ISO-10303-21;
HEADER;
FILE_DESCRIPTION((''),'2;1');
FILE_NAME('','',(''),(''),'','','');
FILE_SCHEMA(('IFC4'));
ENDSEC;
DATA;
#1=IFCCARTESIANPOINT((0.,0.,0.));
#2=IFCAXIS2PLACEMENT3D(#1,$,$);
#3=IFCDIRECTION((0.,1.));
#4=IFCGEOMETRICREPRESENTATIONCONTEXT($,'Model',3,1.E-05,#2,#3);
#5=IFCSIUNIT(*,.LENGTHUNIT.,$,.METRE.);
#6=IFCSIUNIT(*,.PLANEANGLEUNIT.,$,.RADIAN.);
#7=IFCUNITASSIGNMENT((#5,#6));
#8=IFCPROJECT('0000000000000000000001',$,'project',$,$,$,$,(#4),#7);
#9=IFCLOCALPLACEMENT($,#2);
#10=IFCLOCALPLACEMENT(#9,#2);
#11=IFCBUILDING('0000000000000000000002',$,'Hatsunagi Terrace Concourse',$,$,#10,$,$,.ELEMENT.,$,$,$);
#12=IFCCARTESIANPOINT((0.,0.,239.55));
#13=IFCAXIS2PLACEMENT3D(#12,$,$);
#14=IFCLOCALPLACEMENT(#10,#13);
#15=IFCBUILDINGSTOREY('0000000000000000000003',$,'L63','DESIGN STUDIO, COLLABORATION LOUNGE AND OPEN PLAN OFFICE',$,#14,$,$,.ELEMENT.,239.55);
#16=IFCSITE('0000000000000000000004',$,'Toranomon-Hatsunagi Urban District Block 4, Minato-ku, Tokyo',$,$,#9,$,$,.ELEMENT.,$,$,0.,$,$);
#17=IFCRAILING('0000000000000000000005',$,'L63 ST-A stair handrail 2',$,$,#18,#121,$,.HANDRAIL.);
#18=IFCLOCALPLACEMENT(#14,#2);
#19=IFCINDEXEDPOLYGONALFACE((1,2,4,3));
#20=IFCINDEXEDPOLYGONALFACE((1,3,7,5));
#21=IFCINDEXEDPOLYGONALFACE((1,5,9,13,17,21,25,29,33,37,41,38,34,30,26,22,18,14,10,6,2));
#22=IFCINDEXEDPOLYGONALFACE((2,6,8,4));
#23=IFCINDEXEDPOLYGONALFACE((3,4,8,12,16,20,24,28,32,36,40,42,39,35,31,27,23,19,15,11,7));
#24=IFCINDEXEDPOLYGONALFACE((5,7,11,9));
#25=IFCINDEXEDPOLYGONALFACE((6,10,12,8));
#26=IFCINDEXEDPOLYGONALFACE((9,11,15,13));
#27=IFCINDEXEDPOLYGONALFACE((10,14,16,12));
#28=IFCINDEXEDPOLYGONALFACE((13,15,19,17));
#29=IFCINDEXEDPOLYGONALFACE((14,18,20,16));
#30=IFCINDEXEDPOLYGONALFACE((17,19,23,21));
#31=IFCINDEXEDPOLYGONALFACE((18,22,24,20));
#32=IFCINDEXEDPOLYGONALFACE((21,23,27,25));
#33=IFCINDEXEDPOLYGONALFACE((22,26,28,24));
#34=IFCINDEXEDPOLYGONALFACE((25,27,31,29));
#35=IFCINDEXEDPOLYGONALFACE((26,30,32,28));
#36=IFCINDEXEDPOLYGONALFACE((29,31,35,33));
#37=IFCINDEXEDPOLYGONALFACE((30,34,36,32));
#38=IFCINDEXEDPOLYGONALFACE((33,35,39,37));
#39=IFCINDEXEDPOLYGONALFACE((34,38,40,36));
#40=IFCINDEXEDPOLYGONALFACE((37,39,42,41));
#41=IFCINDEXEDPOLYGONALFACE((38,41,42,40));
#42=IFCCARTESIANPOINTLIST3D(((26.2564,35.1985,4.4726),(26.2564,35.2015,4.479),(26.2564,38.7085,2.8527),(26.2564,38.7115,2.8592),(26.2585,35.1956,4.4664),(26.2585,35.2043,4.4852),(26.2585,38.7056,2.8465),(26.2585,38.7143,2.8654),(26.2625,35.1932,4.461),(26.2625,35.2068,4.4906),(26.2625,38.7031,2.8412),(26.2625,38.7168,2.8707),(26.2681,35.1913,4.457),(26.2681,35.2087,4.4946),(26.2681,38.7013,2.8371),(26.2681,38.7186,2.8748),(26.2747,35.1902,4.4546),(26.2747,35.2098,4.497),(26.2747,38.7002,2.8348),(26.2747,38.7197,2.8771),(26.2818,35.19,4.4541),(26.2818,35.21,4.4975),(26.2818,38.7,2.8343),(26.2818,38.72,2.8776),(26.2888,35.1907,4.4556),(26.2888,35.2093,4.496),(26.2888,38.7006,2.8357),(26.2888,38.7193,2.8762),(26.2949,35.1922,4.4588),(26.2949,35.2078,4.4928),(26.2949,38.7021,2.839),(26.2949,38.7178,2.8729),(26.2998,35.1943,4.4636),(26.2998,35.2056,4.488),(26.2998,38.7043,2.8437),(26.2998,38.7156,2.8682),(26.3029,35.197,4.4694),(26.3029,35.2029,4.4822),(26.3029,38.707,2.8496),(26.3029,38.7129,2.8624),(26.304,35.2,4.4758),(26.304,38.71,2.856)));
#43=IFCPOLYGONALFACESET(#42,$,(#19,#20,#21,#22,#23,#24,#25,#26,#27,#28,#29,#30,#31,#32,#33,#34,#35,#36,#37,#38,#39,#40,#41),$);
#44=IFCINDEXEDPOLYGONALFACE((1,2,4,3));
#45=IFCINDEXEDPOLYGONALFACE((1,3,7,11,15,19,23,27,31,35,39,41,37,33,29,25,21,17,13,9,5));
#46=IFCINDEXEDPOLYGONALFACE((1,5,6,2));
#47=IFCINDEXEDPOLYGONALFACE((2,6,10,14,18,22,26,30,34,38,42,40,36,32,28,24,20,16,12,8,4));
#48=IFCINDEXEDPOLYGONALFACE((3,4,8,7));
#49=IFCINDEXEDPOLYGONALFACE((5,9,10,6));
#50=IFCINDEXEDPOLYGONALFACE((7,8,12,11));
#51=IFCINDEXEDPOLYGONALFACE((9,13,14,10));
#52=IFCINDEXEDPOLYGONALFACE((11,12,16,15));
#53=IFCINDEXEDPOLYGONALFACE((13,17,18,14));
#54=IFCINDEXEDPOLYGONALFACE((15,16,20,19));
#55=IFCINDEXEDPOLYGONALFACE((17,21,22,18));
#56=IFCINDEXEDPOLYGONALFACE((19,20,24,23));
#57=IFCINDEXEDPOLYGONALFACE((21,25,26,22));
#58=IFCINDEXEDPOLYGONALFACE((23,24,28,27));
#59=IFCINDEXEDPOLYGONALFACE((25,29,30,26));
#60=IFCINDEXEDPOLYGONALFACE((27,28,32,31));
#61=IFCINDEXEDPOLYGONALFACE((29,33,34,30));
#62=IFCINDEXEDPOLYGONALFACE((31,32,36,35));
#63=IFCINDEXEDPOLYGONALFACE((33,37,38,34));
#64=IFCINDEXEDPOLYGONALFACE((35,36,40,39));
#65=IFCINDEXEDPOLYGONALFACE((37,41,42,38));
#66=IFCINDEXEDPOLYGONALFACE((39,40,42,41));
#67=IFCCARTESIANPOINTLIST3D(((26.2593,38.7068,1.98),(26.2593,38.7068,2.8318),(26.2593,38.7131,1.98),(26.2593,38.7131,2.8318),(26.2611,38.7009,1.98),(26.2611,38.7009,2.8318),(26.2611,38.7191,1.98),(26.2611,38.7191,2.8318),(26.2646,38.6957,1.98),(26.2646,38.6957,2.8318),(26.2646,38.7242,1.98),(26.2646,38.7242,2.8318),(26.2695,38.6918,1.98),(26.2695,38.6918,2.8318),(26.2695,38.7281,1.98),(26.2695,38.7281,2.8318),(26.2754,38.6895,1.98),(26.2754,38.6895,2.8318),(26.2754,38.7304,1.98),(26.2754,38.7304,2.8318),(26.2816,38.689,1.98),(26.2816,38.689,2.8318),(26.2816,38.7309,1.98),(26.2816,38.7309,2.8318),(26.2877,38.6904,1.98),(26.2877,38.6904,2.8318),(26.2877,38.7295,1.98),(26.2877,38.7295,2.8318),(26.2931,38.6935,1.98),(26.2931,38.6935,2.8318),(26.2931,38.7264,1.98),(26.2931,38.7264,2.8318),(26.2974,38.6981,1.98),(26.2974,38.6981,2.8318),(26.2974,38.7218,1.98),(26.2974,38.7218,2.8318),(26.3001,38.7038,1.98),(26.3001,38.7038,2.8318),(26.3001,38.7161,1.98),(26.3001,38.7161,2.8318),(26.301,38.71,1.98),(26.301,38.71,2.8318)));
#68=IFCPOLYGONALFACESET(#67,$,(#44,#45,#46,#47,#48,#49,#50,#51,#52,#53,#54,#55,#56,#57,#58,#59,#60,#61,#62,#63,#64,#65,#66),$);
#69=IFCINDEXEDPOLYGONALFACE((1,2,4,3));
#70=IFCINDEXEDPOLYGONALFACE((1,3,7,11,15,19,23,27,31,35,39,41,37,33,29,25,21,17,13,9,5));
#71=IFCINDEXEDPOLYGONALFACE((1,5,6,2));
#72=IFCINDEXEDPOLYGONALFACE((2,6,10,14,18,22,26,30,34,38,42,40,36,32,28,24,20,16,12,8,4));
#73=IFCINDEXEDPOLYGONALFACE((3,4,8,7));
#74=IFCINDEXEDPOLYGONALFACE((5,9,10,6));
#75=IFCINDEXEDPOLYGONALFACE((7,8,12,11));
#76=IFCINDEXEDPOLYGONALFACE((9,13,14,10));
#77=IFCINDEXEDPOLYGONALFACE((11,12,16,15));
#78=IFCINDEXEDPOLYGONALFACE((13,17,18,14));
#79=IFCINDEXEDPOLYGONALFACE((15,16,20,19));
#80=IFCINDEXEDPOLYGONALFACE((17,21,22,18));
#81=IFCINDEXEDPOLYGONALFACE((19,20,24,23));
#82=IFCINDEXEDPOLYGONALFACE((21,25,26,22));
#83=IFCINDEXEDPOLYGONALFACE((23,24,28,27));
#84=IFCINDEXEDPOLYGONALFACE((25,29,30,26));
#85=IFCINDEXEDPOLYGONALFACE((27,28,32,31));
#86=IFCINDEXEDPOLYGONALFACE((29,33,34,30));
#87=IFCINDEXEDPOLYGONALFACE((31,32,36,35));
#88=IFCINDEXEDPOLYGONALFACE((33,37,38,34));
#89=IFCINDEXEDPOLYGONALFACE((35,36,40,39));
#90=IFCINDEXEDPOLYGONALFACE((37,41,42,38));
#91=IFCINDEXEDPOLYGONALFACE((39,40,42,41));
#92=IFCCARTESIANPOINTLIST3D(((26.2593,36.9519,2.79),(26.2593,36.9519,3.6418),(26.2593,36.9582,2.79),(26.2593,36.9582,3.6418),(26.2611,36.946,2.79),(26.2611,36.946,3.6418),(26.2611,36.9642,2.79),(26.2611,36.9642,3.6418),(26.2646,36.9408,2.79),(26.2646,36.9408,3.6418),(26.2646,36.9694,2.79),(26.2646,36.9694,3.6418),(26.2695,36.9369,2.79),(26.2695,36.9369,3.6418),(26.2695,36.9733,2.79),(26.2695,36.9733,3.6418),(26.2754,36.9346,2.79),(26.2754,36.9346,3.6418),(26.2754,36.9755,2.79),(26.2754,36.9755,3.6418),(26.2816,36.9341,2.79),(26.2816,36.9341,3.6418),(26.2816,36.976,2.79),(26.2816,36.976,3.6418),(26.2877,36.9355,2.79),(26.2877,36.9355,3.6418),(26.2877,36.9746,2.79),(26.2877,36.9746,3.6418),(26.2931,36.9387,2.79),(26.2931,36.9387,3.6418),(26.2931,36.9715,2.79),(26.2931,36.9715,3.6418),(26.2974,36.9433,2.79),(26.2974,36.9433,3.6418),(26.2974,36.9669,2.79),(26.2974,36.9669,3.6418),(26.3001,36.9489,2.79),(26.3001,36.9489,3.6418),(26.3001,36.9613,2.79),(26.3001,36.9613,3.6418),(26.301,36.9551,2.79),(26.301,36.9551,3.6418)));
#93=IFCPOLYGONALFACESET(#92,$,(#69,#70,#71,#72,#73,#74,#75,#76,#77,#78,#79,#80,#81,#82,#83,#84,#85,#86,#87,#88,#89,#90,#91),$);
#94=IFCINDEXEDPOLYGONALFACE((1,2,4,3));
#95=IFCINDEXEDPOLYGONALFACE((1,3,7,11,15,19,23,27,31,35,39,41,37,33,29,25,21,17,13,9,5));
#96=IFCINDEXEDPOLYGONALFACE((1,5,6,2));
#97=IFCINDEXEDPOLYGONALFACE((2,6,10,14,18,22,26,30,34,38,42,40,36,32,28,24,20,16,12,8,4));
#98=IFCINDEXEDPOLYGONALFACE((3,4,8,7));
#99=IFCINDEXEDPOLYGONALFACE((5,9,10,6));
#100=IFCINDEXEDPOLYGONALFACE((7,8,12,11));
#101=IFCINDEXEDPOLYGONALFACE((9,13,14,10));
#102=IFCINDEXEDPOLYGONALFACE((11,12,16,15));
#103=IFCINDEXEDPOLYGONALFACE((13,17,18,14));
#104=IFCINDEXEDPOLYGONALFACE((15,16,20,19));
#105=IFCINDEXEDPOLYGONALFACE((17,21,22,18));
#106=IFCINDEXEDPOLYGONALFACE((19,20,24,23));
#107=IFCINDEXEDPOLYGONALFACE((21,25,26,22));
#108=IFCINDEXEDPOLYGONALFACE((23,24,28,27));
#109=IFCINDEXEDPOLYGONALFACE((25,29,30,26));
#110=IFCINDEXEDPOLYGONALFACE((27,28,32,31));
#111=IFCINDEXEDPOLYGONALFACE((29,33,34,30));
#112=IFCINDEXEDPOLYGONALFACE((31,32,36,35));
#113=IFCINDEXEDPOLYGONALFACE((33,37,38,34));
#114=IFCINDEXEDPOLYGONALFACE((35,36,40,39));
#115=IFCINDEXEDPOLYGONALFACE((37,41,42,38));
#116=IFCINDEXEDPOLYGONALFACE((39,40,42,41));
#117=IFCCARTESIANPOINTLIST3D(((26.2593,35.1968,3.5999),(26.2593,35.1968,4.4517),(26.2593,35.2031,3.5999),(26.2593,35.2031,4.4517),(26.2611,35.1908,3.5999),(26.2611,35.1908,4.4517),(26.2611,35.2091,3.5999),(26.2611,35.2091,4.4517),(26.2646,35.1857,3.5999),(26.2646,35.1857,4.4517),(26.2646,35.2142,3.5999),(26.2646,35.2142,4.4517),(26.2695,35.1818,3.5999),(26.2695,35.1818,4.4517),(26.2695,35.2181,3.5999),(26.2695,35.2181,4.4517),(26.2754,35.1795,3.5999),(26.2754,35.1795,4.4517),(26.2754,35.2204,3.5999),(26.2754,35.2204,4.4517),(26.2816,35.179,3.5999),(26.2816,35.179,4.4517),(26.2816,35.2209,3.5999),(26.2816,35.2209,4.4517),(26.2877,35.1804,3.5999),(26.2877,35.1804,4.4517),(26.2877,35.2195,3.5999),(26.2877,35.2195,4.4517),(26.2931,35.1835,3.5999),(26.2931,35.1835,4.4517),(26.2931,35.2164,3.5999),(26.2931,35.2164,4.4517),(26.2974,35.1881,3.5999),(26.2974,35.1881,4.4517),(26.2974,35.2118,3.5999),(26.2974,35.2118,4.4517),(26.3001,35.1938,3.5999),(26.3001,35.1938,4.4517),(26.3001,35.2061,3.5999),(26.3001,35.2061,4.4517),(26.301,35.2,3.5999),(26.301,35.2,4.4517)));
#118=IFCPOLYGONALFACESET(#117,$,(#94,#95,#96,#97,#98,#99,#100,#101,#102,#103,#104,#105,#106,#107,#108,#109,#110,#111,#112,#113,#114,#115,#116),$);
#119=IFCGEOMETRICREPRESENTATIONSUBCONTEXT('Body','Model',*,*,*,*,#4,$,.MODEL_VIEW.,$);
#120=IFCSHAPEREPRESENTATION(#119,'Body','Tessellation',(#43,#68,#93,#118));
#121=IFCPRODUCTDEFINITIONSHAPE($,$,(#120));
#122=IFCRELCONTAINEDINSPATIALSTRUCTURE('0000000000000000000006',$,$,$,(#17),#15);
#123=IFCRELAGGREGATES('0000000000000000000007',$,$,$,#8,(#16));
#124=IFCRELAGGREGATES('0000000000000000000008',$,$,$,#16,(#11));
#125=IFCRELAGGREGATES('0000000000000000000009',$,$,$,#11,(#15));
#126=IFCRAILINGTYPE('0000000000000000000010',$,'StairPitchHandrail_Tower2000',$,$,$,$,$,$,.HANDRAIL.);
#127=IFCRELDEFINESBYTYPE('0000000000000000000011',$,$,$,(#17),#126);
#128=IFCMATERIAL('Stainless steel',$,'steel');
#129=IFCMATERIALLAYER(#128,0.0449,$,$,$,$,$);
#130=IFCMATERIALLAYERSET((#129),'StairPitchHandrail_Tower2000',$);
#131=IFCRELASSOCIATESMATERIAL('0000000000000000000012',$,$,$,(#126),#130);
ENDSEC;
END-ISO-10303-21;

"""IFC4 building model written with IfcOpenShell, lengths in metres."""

from ifc_helpers import new_model, si_unit, direction, frame, origin, origin_2d, place, context, subcontext, project, spatial, circle, extrude, material, layer, layer_set, type_object, element, save


model = new_model("IFC4")

# Units and contexts
model_context = context("Model", 3, precision=1e-05, world=origin(), true_north=direction((0.0, 1.0)))
body_context = subcontext(model_context, "Body", "Model", "MODEL_VIEW")
ifc_project = project(units=[si_unit("LENGTHUNIT", "METRE"), si_unit("PLANEANGLEUNIT", "RADIAN")], contexts=[model_context])

# Site, building, storey
site_placement = place(None, origin())
site = spatial("IfcSite", under=ifc_project, at=site_placement, Name="Toranomon-Hatsunagi Urban District Block 4, Minato-ku, Tokyo", CompositionType="ELEMENT", RefElevation=0.0)
building_placement = place(site_placement, origin())
building = spatial("IfcBuilding", under=site, at=building_placement, Name="Hatsunagi Terrace Concourse", CompositionType="ELEMENT")
storey_placement = place(building_placement, frame((0.0, 0.0, 239.55)))
storey = spatial("IfcBuildingStorey", under=building, at=storey_placement, Name="L63", Description="DESIGN STUDIO, COLLABORATION LOUNGE AND OPEN PLAN OFFICE", CompositionType="ELEMENT", Elevation=239.55)

# Railing
ifc_material_1 = material(Name="Stainless steel", Category="steel")
ifc_layer_1 = layer(ifc_material_1, 0.0449)
ifc_layer_set_1 = layer_set([ifc_layer_1], Name="StairPitchHandrail_Tower2000")
railing_type_1 = type_object("IfcRailingType", Name="StairPitchHandrail_Tower2000", PredefinedType="HANDRAIL", material=ifc_layer_set_1)
railing_1_placement = place(storey_placement, frame((26.28, 38.71, 1.98)))
element("IfcRailing", 1, at=railing_1_placement, inside=storey, type_object=railing_type_1, Name="L63 ST-A stair handrail 2", PredefinedType="HANDRAIL", context=body_context, shape_type="SweptSolid", body=[
    extrude(circle(Radius=0.0239, at=origin_2d()), frame((0.0, 0.0, 0.876), z_axis=(0.0, -0.907972, 0.41903), x_axis=(1.0, 0.0, 0.0)), (0.0, 0.0, 1.0), 3.8657),
    extrude(circle(Radius=0.021, at=origin_2d()), origin(), (0.0, 0.0, 1.0), 0.8518),
    extrude(circle(Radius=0.021, at=origin_2d()), frame((0.0, -1.7549, 0.8101)), (0.0, 0.0, 1.0), 0.8518),
    extrude(circle(Radius=0.021, at=origin_2d()), frame((0.0, -3.51, 1.6199)), (0.0, 0.0, 1.0), 0.8518),
])

save(model, "model.ifc")
